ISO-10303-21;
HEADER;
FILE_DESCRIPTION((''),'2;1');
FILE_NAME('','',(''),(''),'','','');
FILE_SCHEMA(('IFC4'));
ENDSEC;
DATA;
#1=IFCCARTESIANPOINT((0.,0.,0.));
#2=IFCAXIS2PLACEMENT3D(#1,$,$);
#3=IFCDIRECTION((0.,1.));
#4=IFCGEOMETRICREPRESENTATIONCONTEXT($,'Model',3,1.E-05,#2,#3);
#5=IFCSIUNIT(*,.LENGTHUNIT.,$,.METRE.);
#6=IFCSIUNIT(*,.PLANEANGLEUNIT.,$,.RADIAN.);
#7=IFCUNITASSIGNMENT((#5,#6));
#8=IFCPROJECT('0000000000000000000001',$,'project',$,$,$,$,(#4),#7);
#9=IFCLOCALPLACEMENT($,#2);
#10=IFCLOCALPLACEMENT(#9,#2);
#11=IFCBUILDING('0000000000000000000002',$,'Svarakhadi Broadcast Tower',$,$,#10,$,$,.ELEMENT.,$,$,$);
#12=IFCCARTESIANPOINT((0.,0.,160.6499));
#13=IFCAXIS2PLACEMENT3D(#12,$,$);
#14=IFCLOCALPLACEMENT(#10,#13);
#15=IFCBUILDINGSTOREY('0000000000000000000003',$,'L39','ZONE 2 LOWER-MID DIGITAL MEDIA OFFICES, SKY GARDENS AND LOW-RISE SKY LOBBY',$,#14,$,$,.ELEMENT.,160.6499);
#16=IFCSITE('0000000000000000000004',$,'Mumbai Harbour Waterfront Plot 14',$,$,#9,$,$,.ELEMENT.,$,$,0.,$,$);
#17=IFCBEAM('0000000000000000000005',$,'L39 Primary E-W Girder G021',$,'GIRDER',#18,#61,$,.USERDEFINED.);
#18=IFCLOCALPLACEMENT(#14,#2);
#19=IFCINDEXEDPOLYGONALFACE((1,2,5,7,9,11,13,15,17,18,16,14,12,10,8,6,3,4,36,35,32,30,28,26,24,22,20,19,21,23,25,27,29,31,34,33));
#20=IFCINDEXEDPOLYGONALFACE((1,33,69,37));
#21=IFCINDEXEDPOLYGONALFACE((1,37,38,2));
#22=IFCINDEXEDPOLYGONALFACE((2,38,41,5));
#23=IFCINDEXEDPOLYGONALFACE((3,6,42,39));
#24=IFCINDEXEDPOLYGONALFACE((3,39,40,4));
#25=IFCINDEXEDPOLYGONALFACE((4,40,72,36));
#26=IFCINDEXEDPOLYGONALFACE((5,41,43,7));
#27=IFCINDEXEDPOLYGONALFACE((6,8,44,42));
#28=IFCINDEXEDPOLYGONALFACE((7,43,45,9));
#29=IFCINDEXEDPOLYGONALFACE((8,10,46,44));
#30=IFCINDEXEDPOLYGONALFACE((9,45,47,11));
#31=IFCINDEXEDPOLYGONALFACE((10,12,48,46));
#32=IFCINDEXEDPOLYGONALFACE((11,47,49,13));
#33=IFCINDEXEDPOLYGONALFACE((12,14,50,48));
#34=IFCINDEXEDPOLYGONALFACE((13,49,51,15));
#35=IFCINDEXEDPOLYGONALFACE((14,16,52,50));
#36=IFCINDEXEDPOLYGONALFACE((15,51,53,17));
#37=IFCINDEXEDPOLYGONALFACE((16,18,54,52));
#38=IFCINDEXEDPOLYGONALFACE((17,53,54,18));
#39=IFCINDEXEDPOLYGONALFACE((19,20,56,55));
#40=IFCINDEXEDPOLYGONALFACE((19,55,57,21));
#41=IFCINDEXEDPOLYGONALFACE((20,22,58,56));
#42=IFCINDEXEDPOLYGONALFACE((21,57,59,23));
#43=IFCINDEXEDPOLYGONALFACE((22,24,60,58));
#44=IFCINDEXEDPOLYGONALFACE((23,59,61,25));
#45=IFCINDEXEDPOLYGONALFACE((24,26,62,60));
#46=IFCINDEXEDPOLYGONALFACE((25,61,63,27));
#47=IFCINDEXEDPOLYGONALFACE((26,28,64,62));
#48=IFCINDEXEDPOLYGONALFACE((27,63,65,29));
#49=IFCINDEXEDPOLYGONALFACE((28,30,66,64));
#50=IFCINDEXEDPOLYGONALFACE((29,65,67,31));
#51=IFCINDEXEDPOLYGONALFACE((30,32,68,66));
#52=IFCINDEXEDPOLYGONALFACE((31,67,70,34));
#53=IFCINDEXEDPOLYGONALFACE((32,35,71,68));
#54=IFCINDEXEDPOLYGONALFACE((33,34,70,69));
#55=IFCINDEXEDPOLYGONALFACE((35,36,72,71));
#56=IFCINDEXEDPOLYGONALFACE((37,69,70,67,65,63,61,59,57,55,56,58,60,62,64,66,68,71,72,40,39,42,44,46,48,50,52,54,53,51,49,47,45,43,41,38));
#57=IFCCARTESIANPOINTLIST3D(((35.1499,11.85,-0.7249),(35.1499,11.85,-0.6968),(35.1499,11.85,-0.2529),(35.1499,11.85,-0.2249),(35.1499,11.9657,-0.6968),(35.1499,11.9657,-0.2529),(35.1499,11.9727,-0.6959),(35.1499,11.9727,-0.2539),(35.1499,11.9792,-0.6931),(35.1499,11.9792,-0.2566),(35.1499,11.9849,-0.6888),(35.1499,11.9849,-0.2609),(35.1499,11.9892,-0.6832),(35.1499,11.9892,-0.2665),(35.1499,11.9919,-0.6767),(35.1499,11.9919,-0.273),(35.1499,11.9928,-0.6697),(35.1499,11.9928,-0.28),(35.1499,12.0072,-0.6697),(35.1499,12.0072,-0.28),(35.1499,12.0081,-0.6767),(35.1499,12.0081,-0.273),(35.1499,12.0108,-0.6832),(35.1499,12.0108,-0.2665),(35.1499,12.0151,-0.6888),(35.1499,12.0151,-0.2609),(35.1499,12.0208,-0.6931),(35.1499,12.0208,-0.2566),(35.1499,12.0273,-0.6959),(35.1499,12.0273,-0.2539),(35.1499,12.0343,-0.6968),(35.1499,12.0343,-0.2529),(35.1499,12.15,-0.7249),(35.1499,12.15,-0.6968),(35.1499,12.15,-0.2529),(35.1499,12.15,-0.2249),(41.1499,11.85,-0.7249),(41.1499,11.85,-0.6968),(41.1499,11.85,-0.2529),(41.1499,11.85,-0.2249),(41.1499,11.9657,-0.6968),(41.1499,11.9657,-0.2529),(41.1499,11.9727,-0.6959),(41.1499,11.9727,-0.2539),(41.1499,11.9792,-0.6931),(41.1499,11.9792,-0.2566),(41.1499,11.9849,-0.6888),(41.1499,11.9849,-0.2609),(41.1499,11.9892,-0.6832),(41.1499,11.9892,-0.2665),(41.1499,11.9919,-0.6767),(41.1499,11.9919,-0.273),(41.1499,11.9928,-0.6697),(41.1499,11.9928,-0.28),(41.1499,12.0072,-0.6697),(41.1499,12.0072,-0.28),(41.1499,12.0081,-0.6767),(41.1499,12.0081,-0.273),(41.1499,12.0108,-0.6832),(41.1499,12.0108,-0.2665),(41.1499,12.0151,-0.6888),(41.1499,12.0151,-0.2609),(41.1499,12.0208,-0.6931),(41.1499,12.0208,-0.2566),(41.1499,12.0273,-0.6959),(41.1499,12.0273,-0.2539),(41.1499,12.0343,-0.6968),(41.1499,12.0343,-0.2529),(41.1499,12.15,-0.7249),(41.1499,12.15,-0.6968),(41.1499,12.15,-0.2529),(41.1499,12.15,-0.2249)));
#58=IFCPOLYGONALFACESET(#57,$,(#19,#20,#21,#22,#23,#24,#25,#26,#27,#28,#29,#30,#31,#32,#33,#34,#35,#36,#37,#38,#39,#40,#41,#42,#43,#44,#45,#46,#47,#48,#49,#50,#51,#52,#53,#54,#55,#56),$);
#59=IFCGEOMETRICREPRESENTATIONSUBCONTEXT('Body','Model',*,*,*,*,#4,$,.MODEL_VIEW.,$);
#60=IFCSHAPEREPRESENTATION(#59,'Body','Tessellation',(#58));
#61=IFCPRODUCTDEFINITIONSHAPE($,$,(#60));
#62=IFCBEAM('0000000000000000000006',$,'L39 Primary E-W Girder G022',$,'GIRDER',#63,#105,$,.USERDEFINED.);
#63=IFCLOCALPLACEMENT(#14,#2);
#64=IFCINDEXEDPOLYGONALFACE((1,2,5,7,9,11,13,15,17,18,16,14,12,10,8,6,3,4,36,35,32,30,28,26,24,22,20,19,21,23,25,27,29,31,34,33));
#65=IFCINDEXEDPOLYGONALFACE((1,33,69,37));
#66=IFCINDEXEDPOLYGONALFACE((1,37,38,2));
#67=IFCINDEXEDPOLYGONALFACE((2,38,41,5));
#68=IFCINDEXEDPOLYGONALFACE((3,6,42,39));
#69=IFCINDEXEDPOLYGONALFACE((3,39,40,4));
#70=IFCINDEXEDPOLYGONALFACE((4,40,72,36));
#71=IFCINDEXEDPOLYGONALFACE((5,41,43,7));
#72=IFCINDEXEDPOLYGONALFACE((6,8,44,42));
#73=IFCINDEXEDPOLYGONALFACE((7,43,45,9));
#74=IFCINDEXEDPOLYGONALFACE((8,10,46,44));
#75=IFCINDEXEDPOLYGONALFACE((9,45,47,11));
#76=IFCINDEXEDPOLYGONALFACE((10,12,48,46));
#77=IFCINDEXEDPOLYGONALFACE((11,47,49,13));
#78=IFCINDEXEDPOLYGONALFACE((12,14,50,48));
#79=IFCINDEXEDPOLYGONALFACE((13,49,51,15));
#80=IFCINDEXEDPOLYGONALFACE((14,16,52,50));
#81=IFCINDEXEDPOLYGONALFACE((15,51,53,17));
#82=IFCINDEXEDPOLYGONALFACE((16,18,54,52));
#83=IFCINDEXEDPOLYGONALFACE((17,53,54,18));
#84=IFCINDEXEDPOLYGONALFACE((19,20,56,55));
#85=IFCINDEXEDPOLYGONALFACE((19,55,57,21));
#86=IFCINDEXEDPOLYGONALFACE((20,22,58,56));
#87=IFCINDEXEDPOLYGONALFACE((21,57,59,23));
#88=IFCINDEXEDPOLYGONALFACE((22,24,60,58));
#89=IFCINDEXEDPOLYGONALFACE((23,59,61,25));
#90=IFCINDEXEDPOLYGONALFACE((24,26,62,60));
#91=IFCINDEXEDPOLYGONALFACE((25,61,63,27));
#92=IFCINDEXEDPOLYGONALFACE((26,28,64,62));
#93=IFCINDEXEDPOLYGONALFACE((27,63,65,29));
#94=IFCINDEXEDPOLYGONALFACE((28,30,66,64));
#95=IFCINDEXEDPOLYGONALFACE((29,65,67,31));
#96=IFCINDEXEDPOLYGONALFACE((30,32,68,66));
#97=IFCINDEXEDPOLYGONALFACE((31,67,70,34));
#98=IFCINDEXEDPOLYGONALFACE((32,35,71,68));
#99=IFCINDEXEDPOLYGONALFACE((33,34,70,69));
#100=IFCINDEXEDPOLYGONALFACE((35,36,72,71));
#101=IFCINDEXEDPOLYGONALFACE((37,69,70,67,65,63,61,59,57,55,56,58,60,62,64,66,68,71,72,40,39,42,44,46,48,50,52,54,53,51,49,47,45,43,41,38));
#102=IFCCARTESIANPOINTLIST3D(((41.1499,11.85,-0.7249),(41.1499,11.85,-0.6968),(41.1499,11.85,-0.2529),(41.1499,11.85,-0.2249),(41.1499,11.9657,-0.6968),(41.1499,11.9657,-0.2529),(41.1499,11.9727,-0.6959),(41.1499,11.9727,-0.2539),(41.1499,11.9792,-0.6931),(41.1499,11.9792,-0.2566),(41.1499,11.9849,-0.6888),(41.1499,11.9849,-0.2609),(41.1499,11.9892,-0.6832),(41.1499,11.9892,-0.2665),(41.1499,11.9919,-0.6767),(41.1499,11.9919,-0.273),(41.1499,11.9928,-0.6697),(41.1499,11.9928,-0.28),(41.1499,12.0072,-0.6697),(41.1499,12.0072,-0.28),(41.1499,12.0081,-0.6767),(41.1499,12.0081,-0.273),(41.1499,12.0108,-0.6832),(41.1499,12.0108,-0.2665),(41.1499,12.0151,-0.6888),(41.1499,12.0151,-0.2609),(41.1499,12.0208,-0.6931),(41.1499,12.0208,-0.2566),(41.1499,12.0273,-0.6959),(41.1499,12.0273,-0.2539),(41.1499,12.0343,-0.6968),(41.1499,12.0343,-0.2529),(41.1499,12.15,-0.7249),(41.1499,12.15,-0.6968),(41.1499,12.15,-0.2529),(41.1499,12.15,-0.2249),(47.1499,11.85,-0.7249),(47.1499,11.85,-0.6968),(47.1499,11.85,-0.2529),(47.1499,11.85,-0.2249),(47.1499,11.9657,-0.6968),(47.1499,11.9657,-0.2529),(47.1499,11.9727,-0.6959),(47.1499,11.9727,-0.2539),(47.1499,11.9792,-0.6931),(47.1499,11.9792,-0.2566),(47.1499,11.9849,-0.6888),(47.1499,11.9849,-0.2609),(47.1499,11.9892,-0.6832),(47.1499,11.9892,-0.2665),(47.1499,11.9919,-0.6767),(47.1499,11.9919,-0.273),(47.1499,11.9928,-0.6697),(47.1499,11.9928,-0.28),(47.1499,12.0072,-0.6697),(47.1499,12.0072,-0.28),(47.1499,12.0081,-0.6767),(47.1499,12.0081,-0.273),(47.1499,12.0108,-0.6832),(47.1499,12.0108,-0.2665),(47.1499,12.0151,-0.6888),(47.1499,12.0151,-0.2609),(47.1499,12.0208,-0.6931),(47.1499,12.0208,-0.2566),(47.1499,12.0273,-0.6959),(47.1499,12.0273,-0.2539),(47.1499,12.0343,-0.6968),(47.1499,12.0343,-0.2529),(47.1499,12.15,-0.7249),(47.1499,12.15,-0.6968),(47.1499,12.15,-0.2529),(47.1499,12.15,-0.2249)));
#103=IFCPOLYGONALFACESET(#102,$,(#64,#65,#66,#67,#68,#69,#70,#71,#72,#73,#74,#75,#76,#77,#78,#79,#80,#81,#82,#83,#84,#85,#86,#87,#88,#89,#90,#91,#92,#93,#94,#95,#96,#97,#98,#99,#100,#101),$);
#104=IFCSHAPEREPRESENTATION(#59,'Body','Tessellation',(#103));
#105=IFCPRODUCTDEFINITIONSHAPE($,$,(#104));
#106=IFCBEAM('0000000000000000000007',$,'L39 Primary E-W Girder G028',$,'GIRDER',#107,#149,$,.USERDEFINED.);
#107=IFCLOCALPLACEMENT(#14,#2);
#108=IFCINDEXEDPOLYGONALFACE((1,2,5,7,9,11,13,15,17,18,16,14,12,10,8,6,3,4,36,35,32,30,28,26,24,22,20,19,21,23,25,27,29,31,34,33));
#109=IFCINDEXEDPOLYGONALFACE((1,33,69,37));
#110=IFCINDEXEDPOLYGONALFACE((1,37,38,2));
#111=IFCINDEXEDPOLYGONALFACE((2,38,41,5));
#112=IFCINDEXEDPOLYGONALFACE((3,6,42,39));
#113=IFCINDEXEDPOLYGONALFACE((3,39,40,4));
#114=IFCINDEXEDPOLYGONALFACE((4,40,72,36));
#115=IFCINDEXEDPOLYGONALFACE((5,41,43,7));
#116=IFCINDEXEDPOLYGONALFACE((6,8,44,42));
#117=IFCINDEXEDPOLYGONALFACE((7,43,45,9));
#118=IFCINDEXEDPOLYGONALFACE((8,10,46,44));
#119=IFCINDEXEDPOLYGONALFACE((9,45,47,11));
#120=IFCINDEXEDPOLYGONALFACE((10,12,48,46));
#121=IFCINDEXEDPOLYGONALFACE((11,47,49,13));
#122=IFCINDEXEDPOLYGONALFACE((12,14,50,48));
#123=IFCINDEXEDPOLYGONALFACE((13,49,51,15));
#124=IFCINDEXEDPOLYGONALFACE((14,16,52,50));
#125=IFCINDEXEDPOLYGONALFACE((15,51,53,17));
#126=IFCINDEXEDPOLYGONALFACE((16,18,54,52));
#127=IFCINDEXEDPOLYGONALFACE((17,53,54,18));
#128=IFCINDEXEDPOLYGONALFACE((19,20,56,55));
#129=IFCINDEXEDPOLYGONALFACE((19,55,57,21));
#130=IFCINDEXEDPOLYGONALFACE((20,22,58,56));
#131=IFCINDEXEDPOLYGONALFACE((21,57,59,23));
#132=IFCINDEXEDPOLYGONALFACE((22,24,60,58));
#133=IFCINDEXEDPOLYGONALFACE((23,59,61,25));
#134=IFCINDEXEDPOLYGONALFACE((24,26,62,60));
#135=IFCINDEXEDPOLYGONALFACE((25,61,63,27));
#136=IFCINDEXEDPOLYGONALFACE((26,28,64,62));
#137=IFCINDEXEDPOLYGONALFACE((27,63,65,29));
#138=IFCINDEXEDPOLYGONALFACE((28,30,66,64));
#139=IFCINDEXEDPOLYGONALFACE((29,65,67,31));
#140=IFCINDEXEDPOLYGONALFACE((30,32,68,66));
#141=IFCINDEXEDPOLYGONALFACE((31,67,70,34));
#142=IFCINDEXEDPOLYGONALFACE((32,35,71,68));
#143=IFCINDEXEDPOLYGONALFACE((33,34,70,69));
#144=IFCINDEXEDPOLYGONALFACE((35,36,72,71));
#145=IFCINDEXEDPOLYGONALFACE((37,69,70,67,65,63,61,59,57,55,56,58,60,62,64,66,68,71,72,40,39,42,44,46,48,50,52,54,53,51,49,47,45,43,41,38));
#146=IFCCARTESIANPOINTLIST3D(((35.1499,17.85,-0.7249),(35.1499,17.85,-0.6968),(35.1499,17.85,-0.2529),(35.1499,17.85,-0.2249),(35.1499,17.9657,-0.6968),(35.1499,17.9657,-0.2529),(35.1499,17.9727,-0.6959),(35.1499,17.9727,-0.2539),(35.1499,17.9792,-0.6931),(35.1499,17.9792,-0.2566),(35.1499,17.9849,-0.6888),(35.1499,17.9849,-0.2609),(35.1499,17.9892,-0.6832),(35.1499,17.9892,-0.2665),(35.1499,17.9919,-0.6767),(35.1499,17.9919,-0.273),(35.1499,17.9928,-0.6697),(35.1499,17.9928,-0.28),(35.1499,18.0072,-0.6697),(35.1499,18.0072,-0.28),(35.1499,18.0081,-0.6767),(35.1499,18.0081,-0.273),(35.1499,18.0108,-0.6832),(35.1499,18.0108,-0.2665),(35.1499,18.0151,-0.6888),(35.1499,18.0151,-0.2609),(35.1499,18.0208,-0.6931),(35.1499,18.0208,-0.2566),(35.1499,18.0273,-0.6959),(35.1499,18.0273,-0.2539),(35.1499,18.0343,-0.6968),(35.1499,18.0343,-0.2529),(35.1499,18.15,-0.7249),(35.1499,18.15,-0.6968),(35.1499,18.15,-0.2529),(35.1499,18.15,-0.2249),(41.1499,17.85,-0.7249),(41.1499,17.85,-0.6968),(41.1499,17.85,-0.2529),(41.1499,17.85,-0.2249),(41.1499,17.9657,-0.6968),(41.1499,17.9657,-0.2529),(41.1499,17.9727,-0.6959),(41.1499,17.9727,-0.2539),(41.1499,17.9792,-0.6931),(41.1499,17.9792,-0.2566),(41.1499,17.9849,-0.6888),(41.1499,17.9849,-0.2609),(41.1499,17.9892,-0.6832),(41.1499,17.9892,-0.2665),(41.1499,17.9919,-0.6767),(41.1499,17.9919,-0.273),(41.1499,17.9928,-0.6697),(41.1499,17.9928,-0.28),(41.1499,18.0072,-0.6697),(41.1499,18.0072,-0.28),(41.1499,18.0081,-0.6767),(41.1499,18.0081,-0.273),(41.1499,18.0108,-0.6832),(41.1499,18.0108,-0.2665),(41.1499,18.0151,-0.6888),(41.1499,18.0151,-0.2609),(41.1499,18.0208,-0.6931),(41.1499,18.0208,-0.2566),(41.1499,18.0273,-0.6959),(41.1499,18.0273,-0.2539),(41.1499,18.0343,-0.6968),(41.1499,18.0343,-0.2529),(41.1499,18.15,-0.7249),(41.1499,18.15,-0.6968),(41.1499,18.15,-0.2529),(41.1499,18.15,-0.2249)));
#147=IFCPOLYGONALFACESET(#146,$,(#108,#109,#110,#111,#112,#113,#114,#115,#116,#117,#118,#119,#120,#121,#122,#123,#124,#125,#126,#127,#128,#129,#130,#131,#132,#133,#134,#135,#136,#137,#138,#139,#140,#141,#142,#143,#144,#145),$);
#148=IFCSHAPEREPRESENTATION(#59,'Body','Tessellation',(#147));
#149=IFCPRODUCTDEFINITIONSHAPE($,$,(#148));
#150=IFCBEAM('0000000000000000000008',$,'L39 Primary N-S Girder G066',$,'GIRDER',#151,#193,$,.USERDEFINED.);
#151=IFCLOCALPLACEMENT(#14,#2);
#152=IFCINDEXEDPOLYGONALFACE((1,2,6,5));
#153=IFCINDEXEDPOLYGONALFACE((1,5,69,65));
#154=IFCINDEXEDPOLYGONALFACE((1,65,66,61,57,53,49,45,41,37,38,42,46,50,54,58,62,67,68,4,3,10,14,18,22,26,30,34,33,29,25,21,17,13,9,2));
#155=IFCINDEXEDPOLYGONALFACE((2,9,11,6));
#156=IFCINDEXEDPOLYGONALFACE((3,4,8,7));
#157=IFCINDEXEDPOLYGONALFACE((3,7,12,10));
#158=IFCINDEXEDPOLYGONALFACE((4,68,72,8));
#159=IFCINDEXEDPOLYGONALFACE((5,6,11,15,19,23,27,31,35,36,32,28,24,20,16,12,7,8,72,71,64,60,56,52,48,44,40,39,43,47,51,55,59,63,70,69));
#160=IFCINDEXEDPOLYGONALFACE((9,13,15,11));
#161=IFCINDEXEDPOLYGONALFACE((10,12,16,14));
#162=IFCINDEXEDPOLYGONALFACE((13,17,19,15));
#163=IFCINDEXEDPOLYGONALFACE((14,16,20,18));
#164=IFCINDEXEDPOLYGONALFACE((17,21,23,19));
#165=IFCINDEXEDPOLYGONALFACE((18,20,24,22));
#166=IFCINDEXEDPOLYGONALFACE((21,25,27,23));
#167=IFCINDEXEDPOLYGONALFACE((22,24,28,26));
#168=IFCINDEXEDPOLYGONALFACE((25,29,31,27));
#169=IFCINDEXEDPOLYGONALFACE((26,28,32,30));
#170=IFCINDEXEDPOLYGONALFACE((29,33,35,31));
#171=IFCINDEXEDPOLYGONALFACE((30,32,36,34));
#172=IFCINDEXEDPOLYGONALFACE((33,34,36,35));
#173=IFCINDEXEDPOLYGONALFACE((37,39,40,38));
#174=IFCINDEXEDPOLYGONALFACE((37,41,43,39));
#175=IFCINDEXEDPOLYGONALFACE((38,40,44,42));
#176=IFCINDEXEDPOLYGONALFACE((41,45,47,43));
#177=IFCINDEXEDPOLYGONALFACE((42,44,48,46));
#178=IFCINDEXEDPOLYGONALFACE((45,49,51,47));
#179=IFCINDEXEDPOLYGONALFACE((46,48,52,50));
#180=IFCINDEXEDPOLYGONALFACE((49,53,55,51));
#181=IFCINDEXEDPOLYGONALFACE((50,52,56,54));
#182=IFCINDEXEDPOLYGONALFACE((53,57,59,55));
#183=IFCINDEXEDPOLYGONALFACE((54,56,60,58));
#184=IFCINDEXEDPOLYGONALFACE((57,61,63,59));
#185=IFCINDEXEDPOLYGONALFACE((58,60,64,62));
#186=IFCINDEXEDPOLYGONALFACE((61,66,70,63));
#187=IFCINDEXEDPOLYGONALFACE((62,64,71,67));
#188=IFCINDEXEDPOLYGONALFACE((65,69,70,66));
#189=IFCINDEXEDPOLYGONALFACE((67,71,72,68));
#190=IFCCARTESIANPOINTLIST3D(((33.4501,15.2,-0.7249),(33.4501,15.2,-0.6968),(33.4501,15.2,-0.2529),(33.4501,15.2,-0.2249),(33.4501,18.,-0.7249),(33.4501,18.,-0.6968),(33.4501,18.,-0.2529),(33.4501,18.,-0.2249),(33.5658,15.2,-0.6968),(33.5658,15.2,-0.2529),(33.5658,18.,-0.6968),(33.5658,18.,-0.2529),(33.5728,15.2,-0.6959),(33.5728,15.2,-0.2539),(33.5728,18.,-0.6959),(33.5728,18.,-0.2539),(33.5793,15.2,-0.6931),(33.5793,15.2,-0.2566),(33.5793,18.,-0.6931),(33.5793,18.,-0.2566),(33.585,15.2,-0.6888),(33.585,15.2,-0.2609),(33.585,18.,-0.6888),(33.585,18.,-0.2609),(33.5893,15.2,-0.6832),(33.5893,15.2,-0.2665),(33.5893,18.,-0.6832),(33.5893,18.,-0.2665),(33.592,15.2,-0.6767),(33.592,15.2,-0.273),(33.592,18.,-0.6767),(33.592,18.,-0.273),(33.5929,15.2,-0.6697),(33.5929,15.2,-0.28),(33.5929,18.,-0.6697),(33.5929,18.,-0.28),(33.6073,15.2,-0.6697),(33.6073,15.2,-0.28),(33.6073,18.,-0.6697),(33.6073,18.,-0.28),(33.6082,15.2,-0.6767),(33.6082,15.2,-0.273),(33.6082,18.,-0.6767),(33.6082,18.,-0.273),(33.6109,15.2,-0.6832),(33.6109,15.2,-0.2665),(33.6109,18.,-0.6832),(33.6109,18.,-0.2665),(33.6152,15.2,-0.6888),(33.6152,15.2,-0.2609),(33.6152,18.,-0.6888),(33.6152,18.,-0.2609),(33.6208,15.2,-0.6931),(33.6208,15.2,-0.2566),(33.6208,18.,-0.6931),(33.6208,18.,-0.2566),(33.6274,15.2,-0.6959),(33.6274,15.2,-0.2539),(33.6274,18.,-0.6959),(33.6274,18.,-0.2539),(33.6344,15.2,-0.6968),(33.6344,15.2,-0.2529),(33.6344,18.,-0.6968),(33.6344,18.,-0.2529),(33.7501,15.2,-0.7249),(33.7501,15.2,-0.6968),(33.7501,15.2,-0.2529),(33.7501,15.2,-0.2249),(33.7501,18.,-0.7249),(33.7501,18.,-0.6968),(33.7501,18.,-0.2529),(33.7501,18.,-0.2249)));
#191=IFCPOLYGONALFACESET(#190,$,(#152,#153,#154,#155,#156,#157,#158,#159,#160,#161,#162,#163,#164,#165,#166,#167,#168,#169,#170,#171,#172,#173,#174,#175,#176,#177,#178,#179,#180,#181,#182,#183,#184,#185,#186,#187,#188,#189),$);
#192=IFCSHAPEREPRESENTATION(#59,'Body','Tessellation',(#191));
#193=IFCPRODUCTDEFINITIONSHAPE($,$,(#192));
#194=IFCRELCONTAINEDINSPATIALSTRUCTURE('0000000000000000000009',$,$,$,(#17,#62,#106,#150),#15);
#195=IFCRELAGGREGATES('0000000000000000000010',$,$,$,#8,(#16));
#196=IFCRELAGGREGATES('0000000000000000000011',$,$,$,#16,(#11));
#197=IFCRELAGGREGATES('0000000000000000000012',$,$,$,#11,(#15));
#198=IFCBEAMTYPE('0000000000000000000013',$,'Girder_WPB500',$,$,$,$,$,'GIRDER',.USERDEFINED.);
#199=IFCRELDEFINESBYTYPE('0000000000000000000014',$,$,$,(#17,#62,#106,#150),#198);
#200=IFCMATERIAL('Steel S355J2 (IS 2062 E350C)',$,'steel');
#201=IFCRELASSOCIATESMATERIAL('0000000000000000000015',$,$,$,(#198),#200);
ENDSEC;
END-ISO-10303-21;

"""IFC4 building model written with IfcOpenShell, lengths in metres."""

from ifc_helpers import new_model, si_unit, direction, frame, origin, origin_2d, place, context, subcontext, project, spatial, i_section, extrude, material, material_profile, profile_set, type_object, element, save


model = new_model("IFC4")

# Units and contexts
model_context = context("Model", 3, precision=1e-05, world=origin(), true_north=direction((0.0, 1.0)))
body_context = subcontext(model_context, "Body", "Model", "MODEL_VIEW")
ifc_project = project(units=[si_unit("LENGTHUNIT", "METRE"), si_unit("PLANEANGLEUNIT", "RADIAN")], contexts=[model_context])

# Site, building, storey
site_placement = place(None, origin())
site = spatial("IfcSite", under=ifc_project, at=site_placement, Name="Mumbai Harbour Waterfront Plot 14", CompositionType="ELEMENT", RefElevation=0.0)
building_placement = place(site_placement, origin())
building = spatial("IfcBuilding", under=site, at=building_placement, Name="Svarakhadi Broadcast Tower", CompositionType="ELEMENT")
storey_placement = place(building_placement, frame((0.0, 0.0, 160.6499)))
storey = spatial("IfcBuildingStorey", under=building, at=storey_placement, Name="L39", Description="ZONE 2 LOWER-MID DIGITAL MEDIA OFFICES, SKY GARDENS AND LOW-RISE SKY LOBBY", CompositionType="ELEMENT", Elevation=160.6499)

# Shared definitions
ifc_material_1 = material(Name="Steel S355J2 (IS 2062 E350C)", Category="steel")

# Beams
ifc_material_profile_1 = material_profile(ifc_material_1, i_section(OverallWidth=0.3, OverallDepth=0.5, WebThickness=0.0144, FlangeThickness=0.0281, FilletRadius=0.0271, at=origin_2d()), Name="WPB 500x300x187")
ifc_profile_set_1 = profile_set([ifc_material_profile_1], Name="Steel S355J2 (IS 2062 E350C)")
beam_type_1 = type_object("IfcBeamType", Name="Girder_WPB500", ElementType="GIRDER", PredefinedType="USERDEFINED", material=ifc_profile_set_1)
for number, where, z_axis, x_axis, name in (
    (1, (35.1499, 12.0, -0.4749), (1.0, 0.0, 0.0), (0.0, 1.0, 0.0), "L39 Primary E-W Girder G021"),
    (2, (41.1499, 12.0, -0.4749), (1.0, 0.0, 0.0), (0.0, 1.0, 0.0), "L39 Primary E-W Girder G022"),
    (3, (35.1499, 18.0, -0.4749), (1.0, 0.0, 0.0), (0.0, 1.0, 0.0), "L39 Primary E-W Girder G028"),
):
    element("IfcBeam", number, at=place(storey_placement, frame(where, z_axis=z_axis, x_axis=x_axis)), inside=storey, type_object=beam_type_1, Name=name, ObjectType="GIRDER", PredefinedType="USERDEFINED", context=body_context, shape_type="SweptSolid", body=[
        extrude(i_section(OverallWidth=0.3, OverallDepth=0.5, WebThickness=0.0144, FlangeThickness=0.0281, FilletRadius=0.0271, at=origin_2d()), origin(), (0.0, 0.0, 1.0), 6.0),
    ])
beam_1_placement = place(storey_placement, frame((33.6001, 15.2, -0.4749), z_axis=(0.0, 1.0, 0.0), x_axis=(-1.0, 0.0, 0.0)))
element("IfcBeam", 4, at=beam_1_placement, inside=storey, type_object=beam_type_1, Name="L39 Primary N-S Girder G066", ObjectType="GIRDER", PredefinedType="USERDEFINED", context=body_context, shape_type="SweptSolid", body=[
    extrude(i_section(OverallWidth=0.3, OverallDepth=0.5, WebThickness=0.0144, FlangeThickness=0.0281, FilletRadius=0.0271, at=origin_2d()), origin(), (0.0, 0.0, 1.0), 2.8),
])

save(model, "model.ifc")
